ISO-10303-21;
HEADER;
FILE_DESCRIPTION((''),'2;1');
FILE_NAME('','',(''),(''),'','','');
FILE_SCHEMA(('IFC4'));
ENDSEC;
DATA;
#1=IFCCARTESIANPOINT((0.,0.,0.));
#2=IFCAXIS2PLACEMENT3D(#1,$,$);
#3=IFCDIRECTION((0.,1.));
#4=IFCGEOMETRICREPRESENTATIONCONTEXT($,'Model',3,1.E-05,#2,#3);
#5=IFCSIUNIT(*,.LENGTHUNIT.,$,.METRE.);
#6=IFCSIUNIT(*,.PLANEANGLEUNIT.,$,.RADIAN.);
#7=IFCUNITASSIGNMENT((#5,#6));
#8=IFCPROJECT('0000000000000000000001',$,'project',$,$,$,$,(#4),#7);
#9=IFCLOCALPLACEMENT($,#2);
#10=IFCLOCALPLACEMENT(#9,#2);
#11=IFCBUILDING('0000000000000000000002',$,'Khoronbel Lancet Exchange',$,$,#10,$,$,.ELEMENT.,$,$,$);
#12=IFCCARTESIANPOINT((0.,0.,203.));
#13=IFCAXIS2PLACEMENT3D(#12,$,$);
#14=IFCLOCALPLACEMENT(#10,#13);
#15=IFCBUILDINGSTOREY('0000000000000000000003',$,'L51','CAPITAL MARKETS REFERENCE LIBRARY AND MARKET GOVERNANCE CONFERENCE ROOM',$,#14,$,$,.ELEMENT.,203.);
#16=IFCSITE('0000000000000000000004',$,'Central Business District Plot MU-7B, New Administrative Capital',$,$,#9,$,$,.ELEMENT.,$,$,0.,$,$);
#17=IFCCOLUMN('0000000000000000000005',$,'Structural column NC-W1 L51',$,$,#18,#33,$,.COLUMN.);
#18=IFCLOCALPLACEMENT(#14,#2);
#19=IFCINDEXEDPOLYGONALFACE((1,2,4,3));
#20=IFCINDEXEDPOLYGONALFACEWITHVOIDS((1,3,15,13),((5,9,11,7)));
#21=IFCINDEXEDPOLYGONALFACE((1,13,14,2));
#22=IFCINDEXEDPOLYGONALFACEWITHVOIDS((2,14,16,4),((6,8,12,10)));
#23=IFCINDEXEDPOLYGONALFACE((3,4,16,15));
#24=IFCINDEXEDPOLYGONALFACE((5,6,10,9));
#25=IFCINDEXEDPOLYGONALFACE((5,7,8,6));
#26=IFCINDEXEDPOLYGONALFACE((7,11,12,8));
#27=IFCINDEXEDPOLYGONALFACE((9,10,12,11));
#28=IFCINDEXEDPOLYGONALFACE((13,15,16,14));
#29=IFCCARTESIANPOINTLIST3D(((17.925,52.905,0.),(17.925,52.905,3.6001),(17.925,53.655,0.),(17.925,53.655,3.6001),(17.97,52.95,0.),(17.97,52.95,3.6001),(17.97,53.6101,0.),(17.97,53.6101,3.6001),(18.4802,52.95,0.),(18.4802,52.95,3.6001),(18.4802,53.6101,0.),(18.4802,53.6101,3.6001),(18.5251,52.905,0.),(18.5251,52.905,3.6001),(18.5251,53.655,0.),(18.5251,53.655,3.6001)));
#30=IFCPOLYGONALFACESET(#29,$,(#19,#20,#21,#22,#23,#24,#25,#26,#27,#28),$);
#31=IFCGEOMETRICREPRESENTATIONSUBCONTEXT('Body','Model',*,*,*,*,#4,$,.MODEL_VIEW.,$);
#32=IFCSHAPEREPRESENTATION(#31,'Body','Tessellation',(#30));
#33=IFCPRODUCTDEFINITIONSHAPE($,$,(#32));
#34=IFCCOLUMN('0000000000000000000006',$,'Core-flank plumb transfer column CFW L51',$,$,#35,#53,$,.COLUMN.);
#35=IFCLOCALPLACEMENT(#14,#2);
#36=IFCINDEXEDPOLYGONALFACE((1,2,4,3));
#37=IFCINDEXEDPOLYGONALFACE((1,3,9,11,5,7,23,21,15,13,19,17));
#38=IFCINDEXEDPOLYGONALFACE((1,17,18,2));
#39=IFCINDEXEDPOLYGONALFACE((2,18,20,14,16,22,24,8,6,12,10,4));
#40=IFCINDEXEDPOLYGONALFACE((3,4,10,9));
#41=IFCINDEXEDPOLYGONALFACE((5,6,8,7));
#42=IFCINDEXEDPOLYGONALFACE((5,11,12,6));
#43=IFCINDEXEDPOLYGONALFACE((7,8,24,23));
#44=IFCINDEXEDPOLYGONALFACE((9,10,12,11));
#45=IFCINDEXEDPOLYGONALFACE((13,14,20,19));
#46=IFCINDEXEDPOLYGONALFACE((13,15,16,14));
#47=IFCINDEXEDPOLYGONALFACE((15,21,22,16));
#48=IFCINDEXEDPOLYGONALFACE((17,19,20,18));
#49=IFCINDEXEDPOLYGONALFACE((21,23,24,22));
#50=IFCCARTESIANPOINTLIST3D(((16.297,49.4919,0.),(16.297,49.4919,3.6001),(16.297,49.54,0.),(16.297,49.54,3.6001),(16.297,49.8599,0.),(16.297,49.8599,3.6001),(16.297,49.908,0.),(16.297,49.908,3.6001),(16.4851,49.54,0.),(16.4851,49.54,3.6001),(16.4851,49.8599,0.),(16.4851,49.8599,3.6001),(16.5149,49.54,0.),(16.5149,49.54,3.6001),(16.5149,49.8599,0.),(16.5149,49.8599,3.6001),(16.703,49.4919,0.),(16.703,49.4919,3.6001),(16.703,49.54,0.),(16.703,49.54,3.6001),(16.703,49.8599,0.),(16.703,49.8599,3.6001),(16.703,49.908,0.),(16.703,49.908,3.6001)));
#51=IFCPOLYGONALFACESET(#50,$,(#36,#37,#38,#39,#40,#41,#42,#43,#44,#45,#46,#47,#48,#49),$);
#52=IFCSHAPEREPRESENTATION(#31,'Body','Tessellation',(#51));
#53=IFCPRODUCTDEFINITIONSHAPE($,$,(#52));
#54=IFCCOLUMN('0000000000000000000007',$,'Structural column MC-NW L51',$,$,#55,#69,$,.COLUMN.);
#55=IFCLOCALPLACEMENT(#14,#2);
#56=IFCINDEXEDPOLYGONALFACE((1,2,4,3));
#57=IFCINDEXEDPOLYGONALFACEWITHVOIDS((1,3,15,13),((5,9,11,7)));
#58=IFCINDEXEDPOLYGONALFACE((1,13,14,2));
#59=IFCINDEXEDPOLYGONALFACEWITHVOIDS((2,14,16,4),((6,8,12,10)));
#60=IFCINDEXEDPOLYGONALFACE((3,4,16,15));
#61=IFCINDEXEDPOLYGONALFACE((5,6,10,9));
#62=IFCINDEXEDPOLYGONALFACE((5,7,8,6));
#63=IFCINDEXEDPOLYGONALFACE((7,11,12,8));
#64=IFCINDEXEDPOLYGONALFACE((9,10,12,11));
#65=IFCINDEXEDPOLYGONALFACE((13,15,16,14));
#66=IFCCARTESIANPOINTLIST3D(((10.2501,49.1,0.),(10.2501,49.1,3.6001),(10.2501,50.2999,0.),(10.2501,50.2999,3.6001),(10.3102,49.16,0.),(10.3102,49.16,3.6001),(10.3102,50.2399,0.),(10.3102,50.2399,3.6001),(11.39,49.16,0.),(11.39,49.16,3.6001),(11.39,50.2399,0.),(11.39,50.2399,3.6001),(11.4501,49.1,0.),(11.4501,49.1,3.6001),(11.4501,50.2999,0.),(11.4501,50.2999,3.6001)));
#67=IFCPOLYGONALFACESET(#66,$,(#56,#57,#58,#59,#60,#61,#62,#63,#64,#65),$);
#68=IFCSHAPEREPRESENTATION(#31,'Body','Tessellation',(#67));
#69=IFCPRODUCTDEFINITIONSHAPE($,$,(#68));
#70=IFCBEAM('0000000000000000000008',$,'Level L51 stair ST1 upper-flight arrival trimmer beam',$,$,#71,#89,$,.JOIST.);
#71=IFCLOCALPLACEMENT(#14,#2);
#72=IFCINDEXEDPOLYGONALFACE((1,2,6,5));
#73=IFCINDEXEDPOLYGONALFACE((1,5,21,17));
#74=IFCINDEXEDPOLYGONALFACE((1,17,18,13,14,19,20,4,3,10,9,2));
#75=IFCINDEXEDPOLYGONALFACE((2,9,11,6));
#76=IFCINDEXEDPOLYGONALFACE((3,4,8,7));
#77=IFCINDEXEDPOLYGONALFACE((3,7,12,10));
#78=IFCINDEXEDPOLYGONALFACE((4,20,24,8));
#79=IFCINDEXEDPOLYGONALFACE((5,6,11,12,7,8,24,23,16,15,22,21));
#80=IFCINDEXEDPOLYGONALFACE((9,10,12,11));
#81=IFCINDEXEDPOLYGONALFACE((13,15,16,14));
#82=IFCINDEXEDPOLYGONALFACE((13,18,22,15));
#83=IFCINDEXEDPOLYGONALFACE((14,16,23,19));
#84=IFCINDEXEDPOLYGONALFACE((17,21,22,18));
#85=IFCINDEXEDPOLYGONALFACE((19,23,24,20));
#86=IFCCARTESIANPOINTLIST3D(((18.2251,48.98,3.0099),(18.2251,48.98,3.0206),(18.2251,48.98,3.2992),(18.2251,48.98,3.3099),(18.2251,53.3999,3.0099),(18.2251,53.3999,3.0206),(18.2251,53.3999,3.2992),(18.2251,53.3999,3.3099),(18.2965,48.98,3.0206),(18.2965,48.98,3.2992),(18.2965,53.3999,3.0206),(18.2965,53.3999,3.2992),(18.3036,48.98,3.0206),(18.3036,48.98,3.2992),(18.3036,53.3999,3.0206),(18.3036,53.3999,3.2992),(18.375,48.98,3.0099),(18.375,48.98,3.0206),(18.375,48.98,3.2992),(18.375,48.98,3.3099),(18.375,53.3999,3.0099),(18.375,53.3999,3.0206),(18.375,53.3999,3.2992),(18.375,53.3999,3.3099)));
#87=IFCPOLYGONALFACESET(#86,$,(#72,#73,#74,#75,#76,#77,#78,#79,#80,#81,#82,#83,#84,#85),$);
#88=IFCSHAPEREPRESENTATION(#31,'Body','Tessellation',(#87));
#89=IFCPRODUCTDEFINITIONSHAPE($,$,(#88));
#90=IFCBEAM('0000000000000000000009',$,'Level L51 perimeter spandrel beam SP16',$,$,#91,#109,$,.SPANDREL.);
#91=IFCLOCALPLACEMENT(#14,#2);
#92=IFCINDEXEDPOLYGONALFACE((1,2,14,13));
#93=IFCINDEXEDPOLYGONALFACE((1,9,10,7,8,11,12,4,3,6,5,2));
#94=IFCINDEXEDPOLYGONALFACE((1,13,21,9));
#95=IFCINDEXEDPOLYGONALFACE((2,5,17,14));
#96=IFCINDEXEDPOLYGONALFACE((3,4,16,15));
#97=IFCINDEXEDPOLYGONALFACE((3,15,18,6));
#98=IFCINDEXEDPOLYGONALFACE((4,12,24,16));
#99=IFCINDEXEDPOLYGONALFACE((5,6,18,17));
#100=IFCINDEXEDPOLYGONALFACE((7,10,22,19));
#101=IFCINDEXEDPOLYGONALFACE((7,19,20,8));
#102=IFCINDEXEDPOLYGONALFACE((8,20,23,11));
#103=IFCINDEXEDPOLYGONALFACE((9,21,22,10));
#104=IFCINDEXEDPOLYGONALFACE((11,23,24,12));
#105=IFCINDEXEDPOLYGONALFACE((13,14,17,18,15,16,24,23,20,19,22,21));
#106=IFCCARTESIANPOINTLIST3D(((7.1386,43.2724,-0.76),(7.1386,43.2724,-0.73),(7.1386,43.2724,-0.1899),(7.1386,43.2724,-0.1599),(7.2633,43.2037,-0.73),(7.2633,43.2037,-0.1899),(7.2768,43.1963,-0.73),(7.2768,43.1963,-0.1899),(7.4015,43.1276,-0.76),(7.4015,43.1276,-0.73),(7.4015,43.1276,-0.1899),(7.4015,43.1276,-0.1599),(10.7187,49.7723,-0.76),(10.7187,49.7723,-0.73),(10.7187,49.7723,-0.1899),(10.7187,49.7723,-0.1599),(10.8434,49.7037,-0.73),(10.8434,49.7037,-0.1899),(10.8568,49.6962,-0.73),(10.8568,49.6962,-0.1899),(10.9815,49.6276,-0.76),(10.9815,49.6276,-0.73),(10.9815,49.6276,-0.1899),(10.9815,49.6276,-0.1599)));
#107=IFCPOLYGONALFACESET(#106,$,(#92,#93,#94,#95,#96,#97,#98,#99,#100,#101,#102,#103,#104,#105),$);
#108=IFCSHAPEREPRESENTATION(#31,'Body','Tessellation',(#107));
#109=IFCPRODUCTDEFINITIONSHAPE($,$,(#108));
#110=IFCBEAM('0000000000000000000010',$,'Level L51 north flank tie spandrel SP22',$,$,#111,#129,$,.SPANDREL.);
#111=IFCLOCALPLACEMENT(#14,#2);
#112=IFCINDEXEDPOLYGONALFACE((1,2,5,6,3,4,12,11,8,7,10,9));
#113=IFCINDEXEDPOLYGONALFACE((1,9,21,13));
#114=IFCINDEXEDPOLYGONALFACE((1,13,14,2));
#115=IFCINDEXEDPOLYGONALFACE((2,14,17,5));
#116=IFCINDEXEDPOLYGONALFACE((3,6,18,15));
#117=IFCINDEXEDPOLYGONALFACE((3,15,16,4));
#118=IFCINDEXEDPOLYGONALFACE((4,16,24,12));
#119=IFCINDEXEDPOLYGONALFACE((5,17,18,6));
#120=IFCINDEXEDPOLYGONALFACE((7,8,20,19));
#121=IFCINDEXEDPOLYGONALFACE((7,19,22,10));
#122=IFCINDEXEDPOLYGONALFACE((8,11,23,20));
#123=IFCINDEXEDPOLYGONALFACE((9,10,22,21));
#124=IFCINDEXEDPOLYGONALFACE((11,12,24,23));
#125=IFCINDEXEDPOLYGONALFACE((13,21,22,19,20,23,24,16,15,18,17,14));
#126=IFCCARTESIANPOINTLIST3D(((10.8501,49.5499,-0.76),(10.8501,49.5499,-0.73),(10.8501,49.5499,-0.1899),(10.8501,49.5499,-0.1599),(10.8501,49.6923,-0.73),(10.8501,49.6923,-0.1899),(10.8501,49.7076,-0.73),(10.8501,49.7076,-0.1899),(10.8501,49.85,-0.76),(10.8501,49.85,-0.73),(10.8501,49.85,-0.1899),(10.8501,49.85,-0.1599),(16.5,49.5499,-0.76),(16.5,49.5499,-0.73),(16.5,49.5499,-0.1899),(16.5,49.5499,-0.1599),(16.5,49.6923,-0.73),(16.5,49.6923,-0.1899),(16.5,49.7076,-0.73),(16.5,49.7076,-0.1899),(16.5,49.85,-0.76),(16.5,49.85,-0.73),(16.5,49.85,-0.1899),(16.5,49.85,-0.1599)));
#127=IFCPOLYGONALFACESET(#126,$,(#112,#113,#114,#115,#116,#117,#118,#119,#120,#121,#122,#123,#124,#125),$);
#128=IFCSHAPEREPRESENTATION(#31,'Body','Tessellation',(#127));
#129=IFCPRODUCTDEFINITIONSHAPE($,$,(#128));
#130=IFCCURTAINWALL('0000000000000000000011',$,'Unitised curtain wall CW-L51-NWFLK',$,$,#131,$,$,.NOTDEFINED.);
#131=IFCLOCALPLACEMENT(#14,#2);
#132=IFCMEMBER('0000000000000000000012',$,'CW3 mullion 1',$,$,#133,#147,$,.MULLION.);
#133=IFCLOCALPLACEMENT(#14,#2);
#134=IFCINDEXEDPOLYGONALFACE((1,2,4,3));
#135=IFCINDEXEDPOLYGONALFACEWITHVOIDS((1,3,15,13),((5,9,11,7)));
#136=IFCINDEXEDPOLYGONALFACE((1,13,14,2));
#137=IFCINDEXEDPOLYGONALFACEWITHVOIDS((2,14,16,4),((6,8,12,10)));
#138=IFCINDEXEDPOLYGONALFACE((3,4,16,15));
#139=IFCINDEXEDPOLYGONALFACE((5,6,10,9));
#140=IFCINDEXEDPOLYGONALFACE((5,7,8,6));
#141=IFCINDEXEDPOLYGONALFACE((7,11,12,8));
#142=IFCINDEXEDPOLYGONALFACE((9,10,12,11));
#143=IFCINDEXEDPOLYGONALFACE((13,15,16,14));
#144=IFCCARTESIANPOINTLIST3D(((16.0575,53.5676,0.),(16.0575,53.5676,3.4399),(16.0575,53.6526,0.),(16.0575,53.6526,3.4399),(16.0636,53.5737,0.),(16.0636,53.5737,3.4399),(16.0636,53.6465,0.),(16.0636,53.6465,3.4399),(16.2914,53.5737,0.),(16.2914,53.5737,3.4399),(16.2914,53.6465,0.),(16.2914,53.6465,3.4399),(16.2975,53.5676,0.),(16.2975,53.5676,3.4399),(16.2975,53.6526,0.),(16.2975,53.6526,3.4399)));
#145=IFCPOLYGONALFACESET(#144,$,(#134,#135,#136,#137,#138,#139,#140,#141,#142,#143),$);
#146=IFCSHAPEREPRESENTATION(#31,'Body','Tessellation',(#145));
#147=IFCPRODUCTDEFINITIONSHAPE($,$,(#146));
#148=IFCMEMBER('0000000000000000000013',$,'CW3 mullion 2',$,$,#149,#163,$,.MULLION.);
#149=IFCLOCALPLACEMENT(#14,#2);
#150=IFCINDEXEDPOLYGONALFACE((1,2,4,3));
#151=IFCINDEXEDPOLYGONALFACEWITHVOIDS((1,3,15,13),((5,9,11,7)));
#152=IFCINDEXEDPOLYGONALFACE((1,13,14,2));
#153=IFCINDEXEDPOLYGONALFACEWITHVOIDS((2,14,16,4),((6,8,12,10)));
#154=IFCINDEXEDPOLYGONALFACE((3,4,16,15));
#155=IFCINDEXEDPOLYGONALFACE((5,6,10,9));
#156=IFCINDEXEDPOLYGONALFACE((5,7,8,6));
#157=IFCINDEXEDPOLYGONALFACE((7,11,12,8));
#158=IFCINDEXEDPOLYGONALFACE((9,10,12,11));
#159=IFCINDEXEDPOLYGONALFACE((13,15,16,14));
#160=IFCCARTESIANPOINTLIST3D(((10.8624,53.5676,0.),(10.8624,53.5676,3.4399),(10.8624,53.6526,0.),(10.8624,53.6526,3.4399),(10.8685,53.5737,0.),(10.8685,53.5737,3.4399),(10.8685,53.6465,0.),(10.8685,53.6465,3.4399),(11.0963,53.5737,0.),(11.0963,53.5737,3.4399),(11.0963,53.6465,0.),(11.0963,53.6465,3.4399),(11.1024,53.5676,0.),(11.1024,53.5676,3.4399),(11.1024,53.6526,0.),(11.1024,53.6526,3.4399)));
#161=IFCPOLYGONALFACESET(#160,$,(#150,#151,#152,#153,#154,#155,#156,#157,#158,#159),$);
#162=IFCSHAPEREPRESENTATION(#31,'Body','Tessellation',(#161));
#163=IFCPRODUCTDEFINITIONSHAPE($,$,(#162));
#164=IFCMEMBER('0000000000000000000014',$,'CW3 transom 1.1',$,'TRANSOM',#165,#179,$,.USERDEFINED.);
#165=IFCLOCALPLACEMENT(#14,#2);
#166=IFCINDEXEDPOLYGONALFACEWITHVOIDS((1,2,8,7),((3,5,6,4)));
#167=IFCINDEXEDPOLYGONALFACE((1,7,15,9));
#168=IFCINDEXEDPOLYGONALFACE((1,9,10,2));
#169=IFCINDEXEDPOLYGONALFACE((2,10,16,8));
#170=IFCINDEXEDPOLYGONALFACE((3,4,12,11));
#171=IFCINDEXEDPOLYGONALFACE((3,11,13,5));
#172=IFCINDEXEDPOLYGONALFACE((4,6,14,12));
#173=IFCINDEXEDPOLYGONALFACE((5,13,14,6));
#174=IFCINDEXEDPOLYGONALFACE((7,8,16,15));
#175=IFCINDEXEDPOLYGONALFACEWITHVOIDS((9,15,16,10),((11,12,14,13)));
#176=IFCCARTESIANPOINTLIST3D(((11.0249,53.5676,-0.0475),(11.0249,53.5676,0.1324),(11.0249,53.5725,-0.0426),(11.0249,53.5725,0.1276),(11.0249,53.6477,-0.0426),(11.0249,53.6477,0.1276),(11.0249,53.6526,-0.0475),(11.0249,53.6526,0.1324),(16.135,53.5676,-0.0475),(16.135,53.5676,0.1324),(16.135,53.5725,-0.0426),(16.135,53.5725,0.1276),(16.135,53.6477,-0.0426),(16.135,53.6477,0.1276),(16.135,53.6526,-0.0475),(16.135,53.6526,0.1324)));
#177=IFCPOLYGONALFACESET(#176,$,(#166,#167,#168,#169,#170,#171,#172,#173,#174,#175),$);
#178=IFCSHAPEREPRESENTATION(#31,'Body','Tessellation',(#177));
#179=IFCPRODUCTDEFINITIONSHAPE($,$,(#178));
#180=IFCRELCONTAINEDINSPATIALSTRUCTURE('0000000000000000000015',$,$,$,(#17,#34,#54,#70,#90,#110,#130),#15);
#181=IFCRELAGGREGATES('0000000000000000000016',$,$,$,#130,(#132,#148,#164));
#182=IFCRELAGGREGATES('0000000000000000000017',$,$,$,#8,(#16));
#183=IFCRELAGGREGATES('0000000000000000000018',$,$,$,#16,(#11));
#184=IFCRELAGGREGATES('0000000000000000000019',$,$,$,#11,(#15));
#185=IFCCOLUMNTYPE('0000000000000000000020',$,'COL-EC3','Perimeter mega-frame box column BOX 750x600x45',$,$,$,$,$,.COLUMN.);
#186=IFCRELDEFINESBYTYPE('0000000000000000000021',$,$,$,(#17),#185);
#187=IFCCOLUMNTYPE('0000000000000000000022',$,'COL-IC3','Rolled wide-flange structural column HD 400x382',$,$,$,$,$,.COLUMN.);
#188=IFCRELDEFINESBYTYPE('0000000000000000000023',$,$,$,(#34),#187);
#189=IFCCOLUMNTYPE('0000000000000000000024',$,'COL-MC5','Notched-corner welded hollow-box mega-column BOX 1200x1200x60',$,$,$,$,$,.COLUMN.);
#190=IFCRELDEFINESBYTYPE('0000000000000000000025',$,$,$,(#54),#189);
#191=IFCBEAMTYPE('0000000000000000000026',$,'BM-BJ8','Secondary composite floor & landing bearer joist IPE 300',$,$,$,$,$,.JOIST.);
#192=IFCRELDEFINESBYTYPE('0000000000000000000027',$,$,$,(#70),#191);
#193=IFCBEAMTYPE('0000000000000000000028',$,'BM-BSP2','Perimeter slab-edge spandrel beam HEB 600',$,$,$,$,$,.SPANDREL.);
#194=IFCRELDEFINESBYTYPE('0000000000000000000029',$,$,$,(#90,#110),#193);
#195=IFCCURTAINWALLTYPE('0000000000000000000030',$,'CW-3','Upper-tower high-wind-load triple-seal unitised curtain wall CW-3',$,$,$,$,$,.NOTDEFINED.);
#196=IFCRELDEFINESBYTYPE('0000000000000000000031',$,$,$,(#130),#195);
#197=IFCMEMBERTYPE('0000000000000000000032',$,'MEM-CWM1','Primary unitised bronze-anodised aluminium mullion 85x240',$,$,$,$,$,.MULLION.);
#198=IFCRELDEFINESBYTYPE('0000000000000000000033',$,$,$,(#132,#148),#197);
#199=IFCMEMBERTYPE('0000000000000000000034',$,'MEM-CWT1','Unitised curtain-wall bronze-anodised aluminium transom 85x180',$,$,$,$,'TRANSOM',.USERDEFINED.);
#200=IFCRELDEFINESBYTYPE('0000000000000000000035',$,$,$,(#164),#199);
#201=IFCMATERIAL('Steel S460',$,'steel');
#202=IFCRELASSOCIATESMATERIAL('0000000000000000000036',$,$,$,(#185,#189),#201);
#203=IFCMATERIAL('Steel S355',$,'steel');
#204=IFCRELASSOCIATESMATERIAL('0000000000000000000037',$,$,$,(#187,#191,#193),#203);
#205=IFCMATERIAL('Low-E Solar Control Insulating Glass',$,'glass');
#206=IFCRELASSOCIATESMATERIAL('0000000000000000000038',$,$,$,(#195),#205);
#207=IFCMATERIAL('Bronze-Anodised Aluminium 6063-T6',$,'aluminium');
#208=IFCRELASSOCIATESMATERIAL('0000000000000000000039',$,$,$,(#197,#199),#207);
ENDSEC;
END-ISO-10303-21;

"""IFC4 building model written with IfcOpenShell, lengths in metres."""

from ifc_helpers import new_model, si_unit, direction, frame, origin, origin_2d, place, context, subcontext, project, spatial, hollow_rectangle, i_section, extrude, material, material_profile, profile_set, type_object, element, aggregate, save


model = new_model("IFC4")

# Units and contexts
model_context = context("Model", 3, precision=1e-05, world=origin(), true_north=direction((0.0, 1.0)))
body_context = subcontext(model_context, "Body", "Model", "MODEL_VIEW")
ifc_project = project(units=[si_unit("LENGTHUNIT", "METRE"), si_unit("PLANEANGLEUNIT", "RADIAN")], contexts=[model_context])

# Site, building, storey
site_placement = place(None, origin())
site = spatial("IfcSite", under=ifc_project, at=site_placement, Name="Central Business District Plot MU-7B, New Administrative Capital", CompositionType="ELEMENT", RefElevation=0.0)
building_placement = place(site_placement, origin())
building = spatial("IfcBuilding", under=site, at=building_placement, Name="Khoronbel Lancet Exchange", CompositionType="ELEMENT")
storey_placement = place(building_placement, frame((0.0, 0.0, 203.0)))
storey = spatial("IfcBuildingStorey", under=building, at=storey_placement, Name="L51", Description="CAPITAL MARKETS REFERENCE LIBRARY AND MARKET GOVERNANCE CONFERENCE ROOM", CompositionType="ELEMENT", Elevation=203.0)

# Columns
ifc_material_1 = material(Name="Steel S460", Category="steel")
ifc_material_profile_1 = material_profile(ifc_material_1, hollow_rectangle(XDim=0.6001, YDim=0.75, WallThickness=0.0449, at=origin_2d()), Name="BOX 750x600x45")
ifc_profile_set_1 = profile_set([ifc_material_profile_1], Name="Steel S460")
column_type_1 = type_object("IfcColumnType", Name="COL-EC3", Description="Perimeter mega-frame box column BOX 750x600x45", PredefinedType="COLUMN", material=ifc_profile_set_1)
column_1_placement = place(storey_placement, frame((18.2251, 53.28, 0.0), z_axis=(0.0, 0.0, 1.0), x_axis=(1.0, 0.0, 0.0)))
element("IfcColumn", 1, at=column_1_placement, inside=storey, type_object=column_type_1, Name="Structural column NC-W1 L51", PredefinedType="COLUMN", context=body_context, shape_type="SweptSolid", body=[
    extrude(hollow_rectangle(XDim=0.6001, YDim=0.75, WallThickness=0.0449, at=origin_2d()), origin(), (0.0, 0.0, 1.0), 3.6001),
])
ifc_material_2 = material(Name="Steel S355", Category="steel")
ifc_material_profile_2 = material_profile(ifc_material_2, i_section(OverallWidth=0.406, OverallDepth=0.416, WebThickness=0.0298, FlangeThickness=0.0481, at=origin_2d()), Name="HD 400x382")
ifc_profile_set_2 = profile_set([ifc_material_profile_2], Name="Steel S355")
column_type_2 = type_object("IfcColumnType", Name="COL-IC3", Description="Rolled wide-flange structural column HD 400x382", PredefinedType="COLUMN", material=ifc_profile_set_2)
column_2_placement = place(storey_placement, frame((16.5, 49.7, 0.0), z_axis=(0.0, 0.0, 1.0), x_axis=(1.0, 0.0, 0.0)))
element("IfcColumn", 2, at=column_2_placement, inside=storey, type_object=column_type_2, Name="Core-flank plumb transfer column CFW L51", PredefinedType="COLUMN", context=body_context, shape_type="SweptSolid", body=[
    extrude(i_section(OverallWidth=0.406, OverallDepth=0.416, WebThickness=0.0298, FlangeThickness=0.0481, at=origin_2d()), origin(), (0.0, 0.0, 1.0), 3.6001),
])
ifc_material_profile_3 = material_profile(ifc_material_1, hollow_rectangle(XDim=1.2, YDim=1.2, WallThickness=0.0601, at=origin_2d()), Name="BOX 1200x1200x60")
ifc_profile_set_3 = profile_set([ifc_material_profile_3], Name="Steel S460")
column_type_3 = type_object("IfcColumnType", Name="COL-MC5", Description="Notched-corner welded hollow-box mega-column BOX 1200x1200x60", PredefinedType="COLUMN", material=ifc_profile_set_3)
column_3_placement = place(storey_placement, frame((10.8501, 49.7, 0.0), z_axis=(0.0, 0.0, 1.0), x_axis=(1.0, 0.0, 0.0)))
element("IfcColumn", 3, at=column_3_placement, inside=storey, type_object=column_type_3, Name="Structural column MC-NW L51", PredefinedType="COLUMN", context=body_context, shape_type="SweptSolid", body=[
    extrude(hollow_rectangle(XDim=1.2, YDim=1.2, WallThickness=0.0601, at=origin_2d()), origin(), (0.0, 0.0, 1.0), 3.6001),
])

# Beams
ifc_material_profile_4 = material_profile(ifc_material_2, i_section(OverallWidth=0.1499, OverallDepth=0.3, WebThickness=0.0071, FlangeThickness=0.0107, at=origin_2d()), Name="IPE 300")
ifc_profile_set_4 = profile_set([ifc_material_profile_4], Name="Steel S355")
beam_type_1 = type_object("IfcBeamType", Name="BM-BJ8", Description="Secondary composite floor & landing bearer joist IPE 300", PredefinedType="JOIST", material=ifc_profile_set_4)
beam_1_placement = place(storey_placement, frame((18.3, 48.98, 3.1599), z_axis=(0.0, 1.0, 0.0), x_axis=(-1.0, 0.0, 0.0)))
element("IfcBeam", 4, at=beam_1_placement, inside=storey, type_object=beam_type_1, Name="Level L51 stair ST1 upper-flight arrival trimmer beam", PredefinedType="JOIST", context=body_context, shape_type="SweptSolid", body=[
    extrude(i_section(OverallWidth=0.1499, OverallDepth=0.3, WebThickness=0.0071, FlangeThickness=0.0107, at=origin_2d()), origin(), (0.0, 0.0, 1.0), 4.4199),
])
ifc_material_profile_5 = material_profile(ifc_material_2, i_section(OverallWidth=0.3, OverallDepth=0.6001, WebThickness=0.0154, FlangeThickness=0.03, at=origin_2d()), Name="HEB 600")
ifc_profile_set_5 = profile_set([ifc_material_profile_5], Name="Steel S355")
beam_type_2 = type_object("IfcBeamType", Name="BM-BSP2", Description="Perimeter slab-edge spandrel beam HEB 600", PredefinedType="SPANDREL", material=ifc_profile_set_5)
beam_2_placement = place(storey_placement, frame((10.8501, 49.7, -0.46), z_axis=(-0.482444, -0.875927, 0.0), x_axis=(0.875927, -0.482444, 0.0)))
element("IfcBeam", 5, at=beam_2_placement, inside=storey, type_object=beam_type_2, Name="Level L51 perimeter spandrel beam SP16", PredefinedType="SPANDREL", context=body_context, shape_type="SweptSolid", body=[
    extrude(i_section(OverallWidth=0.3, OverallDepth=0.6001, WebThickness=0.0154, FlangeThickness=0.03, at=origin_2d()), origin(), (0.0, 0.0, 1.0), 7.4207),
])
beam_3_placement = place(storey_placement, frame((10.8501, 49.7, -0.46), z_axis=(1.0, 0.0, 0.0), x_axis=(0.0, 1.0, 0.0)))
element("IfcBeam", 6, at=beam_3_placement, inside=storey, type_object=beam_type_2, Name="Level L51 north flank tie spandrel SP22", PredefinedType="SPANDREL", context=body_context, shape_type="SweptSolid", body=[
    extrude(i_section(OverallWidth=0.3, OverallDepth=0.6001, WebThickness=0.0154, FlangeThickness=0.03, at=origin_2d()), origin(), (0.0, 0.0, 1.0), 5.6499),
])

# Curtain wall, members
ifc_material_3 = material(Name="Low-E Solar Control Insulating Glass", Category="glass")
curtain_wall_type = type_object("IfcCurtainWallType", Name="CW-3", Description="Upper-tower high-wind-load triple-seal unitised curtain wall CW-3", PredefinedType="NOTDEFINED", material=ifc_material_3)
curtain_wall_placement = place(storey_placement, origin())
curtain_wall = element("IfcCurtainWall", 7, at=curtain_wall_placement, inside=storey, type_object=curtain_wall_type, Name="Unitised curtain wall CW-L51-NWFLK", PredefinedType="NOTDEFINED")
ifc_material_4 = material(Name="Bronze-Anodised Aluminium 6063-T6", Category="aluminium")
ifc_material_profile_6 = material_profile(ifc_material_4, hollow_rectangle(XDim=0.085, YDim=0.24, WallThickness=0.0061, at=origin_2d()), Name="ALU MULLION 85x240")
ifc_profile_set_6 = profile_set([ifc_material_profile_6], Name="Bronze-Anodised Aluminium 6063-T6")
member_type_1 = type_object("IfcMemberType", Name="MEM-CWM1", Description="Primary unitised bronze-anodised aluminium mullion 85x240", PredefinedType="MULLION", material=ifc_profile_set_6)
member_1_placement = place(storey_placement, frame((16.1775, 53.6101, 0.0), z_axis=(0.0, 0.0, 1.0), x_axis=(0.0, -1.0, 0.0)))
member_1 = element("IfcMember", 8, at=member_1_placement, type_object=member_type_1, Name="CW3 mullion 1", PredefinedType="MULLION", context=body_context, shape_type="SweptSolid", body=[
    extrude(hollow_rectangle(XDim=0.085, YDim=0.24, WallThickness=0.0061, at=origin_2d()), origin(), (0.0, 0.0, 1.0), 3.4399),
])
member_2_placement = place(storey_placement, frame((10.9824, 53.6101, 0.0), z_axis=(0.0, 0.0, 1.0), x_axis=(0.0, -1.0, 0.0)))
member_2 = element("IfcMember", 9, at=member_2_placement, type_object=member_type_1, Name="CW3 mullion 2", PredefinedType="MULLION", context=body_context, shape_type="SweptSolid", body=[
    extrude(hollow_rectangle(XDim=0.085, YDim=0.24, WallThickness=0.0061, at=origin_2d()), origin(), (0.0, 0.0, 1.0), 3.4399),
])
ifc_material_profile_7 = material_profile(ifc_material_4, hollow_rectangle(XDim=0.085, YDim=0.1799, WallThickness=0.0049, at=origin_2d()), Name="ALU TRANSOM 85x180")
ifc_profile_set_7 = profile_set([ifc_material_profile_7], Name="Bronze-Anodised Aluminium 6063-T6")
member_type_2 = type_object("IfcMemberType", Name="MEM-CWT1", Description="Unitised curtain-wall bronze-anodised aluminium transom 85x180", ElementType="TRANSOM", PredefinedType="USERDEFINED", material=ifc_profile_set_7)
member_3_placement = place(storey_placement, frame((16.135, 53.6101, 0.0425), z_axis=(-1.0, 0.0, 0.0), x_axis=(0.0, -1.0, 0.0)))
member_3 = element("IfcMember", 10, at=member_3_placement, type_object=member_type_2, Name="CW3 transom 1.1", ObjectType="TRANSOM", PredefinedType="USERDEFINED", context=body_context, shape_type="SweptSolid", body=[
    extrude(hollow_rectangle(XDim=0.085, YDim=0.1799, WallThickness=0.0049, at=origin_2d()), origin(), (0.0, 0.0, 1.0), 5.1101),
])
aggregate(curtain_wall, [member_1, member_2, member_3])

save(model, "model.ifc")
